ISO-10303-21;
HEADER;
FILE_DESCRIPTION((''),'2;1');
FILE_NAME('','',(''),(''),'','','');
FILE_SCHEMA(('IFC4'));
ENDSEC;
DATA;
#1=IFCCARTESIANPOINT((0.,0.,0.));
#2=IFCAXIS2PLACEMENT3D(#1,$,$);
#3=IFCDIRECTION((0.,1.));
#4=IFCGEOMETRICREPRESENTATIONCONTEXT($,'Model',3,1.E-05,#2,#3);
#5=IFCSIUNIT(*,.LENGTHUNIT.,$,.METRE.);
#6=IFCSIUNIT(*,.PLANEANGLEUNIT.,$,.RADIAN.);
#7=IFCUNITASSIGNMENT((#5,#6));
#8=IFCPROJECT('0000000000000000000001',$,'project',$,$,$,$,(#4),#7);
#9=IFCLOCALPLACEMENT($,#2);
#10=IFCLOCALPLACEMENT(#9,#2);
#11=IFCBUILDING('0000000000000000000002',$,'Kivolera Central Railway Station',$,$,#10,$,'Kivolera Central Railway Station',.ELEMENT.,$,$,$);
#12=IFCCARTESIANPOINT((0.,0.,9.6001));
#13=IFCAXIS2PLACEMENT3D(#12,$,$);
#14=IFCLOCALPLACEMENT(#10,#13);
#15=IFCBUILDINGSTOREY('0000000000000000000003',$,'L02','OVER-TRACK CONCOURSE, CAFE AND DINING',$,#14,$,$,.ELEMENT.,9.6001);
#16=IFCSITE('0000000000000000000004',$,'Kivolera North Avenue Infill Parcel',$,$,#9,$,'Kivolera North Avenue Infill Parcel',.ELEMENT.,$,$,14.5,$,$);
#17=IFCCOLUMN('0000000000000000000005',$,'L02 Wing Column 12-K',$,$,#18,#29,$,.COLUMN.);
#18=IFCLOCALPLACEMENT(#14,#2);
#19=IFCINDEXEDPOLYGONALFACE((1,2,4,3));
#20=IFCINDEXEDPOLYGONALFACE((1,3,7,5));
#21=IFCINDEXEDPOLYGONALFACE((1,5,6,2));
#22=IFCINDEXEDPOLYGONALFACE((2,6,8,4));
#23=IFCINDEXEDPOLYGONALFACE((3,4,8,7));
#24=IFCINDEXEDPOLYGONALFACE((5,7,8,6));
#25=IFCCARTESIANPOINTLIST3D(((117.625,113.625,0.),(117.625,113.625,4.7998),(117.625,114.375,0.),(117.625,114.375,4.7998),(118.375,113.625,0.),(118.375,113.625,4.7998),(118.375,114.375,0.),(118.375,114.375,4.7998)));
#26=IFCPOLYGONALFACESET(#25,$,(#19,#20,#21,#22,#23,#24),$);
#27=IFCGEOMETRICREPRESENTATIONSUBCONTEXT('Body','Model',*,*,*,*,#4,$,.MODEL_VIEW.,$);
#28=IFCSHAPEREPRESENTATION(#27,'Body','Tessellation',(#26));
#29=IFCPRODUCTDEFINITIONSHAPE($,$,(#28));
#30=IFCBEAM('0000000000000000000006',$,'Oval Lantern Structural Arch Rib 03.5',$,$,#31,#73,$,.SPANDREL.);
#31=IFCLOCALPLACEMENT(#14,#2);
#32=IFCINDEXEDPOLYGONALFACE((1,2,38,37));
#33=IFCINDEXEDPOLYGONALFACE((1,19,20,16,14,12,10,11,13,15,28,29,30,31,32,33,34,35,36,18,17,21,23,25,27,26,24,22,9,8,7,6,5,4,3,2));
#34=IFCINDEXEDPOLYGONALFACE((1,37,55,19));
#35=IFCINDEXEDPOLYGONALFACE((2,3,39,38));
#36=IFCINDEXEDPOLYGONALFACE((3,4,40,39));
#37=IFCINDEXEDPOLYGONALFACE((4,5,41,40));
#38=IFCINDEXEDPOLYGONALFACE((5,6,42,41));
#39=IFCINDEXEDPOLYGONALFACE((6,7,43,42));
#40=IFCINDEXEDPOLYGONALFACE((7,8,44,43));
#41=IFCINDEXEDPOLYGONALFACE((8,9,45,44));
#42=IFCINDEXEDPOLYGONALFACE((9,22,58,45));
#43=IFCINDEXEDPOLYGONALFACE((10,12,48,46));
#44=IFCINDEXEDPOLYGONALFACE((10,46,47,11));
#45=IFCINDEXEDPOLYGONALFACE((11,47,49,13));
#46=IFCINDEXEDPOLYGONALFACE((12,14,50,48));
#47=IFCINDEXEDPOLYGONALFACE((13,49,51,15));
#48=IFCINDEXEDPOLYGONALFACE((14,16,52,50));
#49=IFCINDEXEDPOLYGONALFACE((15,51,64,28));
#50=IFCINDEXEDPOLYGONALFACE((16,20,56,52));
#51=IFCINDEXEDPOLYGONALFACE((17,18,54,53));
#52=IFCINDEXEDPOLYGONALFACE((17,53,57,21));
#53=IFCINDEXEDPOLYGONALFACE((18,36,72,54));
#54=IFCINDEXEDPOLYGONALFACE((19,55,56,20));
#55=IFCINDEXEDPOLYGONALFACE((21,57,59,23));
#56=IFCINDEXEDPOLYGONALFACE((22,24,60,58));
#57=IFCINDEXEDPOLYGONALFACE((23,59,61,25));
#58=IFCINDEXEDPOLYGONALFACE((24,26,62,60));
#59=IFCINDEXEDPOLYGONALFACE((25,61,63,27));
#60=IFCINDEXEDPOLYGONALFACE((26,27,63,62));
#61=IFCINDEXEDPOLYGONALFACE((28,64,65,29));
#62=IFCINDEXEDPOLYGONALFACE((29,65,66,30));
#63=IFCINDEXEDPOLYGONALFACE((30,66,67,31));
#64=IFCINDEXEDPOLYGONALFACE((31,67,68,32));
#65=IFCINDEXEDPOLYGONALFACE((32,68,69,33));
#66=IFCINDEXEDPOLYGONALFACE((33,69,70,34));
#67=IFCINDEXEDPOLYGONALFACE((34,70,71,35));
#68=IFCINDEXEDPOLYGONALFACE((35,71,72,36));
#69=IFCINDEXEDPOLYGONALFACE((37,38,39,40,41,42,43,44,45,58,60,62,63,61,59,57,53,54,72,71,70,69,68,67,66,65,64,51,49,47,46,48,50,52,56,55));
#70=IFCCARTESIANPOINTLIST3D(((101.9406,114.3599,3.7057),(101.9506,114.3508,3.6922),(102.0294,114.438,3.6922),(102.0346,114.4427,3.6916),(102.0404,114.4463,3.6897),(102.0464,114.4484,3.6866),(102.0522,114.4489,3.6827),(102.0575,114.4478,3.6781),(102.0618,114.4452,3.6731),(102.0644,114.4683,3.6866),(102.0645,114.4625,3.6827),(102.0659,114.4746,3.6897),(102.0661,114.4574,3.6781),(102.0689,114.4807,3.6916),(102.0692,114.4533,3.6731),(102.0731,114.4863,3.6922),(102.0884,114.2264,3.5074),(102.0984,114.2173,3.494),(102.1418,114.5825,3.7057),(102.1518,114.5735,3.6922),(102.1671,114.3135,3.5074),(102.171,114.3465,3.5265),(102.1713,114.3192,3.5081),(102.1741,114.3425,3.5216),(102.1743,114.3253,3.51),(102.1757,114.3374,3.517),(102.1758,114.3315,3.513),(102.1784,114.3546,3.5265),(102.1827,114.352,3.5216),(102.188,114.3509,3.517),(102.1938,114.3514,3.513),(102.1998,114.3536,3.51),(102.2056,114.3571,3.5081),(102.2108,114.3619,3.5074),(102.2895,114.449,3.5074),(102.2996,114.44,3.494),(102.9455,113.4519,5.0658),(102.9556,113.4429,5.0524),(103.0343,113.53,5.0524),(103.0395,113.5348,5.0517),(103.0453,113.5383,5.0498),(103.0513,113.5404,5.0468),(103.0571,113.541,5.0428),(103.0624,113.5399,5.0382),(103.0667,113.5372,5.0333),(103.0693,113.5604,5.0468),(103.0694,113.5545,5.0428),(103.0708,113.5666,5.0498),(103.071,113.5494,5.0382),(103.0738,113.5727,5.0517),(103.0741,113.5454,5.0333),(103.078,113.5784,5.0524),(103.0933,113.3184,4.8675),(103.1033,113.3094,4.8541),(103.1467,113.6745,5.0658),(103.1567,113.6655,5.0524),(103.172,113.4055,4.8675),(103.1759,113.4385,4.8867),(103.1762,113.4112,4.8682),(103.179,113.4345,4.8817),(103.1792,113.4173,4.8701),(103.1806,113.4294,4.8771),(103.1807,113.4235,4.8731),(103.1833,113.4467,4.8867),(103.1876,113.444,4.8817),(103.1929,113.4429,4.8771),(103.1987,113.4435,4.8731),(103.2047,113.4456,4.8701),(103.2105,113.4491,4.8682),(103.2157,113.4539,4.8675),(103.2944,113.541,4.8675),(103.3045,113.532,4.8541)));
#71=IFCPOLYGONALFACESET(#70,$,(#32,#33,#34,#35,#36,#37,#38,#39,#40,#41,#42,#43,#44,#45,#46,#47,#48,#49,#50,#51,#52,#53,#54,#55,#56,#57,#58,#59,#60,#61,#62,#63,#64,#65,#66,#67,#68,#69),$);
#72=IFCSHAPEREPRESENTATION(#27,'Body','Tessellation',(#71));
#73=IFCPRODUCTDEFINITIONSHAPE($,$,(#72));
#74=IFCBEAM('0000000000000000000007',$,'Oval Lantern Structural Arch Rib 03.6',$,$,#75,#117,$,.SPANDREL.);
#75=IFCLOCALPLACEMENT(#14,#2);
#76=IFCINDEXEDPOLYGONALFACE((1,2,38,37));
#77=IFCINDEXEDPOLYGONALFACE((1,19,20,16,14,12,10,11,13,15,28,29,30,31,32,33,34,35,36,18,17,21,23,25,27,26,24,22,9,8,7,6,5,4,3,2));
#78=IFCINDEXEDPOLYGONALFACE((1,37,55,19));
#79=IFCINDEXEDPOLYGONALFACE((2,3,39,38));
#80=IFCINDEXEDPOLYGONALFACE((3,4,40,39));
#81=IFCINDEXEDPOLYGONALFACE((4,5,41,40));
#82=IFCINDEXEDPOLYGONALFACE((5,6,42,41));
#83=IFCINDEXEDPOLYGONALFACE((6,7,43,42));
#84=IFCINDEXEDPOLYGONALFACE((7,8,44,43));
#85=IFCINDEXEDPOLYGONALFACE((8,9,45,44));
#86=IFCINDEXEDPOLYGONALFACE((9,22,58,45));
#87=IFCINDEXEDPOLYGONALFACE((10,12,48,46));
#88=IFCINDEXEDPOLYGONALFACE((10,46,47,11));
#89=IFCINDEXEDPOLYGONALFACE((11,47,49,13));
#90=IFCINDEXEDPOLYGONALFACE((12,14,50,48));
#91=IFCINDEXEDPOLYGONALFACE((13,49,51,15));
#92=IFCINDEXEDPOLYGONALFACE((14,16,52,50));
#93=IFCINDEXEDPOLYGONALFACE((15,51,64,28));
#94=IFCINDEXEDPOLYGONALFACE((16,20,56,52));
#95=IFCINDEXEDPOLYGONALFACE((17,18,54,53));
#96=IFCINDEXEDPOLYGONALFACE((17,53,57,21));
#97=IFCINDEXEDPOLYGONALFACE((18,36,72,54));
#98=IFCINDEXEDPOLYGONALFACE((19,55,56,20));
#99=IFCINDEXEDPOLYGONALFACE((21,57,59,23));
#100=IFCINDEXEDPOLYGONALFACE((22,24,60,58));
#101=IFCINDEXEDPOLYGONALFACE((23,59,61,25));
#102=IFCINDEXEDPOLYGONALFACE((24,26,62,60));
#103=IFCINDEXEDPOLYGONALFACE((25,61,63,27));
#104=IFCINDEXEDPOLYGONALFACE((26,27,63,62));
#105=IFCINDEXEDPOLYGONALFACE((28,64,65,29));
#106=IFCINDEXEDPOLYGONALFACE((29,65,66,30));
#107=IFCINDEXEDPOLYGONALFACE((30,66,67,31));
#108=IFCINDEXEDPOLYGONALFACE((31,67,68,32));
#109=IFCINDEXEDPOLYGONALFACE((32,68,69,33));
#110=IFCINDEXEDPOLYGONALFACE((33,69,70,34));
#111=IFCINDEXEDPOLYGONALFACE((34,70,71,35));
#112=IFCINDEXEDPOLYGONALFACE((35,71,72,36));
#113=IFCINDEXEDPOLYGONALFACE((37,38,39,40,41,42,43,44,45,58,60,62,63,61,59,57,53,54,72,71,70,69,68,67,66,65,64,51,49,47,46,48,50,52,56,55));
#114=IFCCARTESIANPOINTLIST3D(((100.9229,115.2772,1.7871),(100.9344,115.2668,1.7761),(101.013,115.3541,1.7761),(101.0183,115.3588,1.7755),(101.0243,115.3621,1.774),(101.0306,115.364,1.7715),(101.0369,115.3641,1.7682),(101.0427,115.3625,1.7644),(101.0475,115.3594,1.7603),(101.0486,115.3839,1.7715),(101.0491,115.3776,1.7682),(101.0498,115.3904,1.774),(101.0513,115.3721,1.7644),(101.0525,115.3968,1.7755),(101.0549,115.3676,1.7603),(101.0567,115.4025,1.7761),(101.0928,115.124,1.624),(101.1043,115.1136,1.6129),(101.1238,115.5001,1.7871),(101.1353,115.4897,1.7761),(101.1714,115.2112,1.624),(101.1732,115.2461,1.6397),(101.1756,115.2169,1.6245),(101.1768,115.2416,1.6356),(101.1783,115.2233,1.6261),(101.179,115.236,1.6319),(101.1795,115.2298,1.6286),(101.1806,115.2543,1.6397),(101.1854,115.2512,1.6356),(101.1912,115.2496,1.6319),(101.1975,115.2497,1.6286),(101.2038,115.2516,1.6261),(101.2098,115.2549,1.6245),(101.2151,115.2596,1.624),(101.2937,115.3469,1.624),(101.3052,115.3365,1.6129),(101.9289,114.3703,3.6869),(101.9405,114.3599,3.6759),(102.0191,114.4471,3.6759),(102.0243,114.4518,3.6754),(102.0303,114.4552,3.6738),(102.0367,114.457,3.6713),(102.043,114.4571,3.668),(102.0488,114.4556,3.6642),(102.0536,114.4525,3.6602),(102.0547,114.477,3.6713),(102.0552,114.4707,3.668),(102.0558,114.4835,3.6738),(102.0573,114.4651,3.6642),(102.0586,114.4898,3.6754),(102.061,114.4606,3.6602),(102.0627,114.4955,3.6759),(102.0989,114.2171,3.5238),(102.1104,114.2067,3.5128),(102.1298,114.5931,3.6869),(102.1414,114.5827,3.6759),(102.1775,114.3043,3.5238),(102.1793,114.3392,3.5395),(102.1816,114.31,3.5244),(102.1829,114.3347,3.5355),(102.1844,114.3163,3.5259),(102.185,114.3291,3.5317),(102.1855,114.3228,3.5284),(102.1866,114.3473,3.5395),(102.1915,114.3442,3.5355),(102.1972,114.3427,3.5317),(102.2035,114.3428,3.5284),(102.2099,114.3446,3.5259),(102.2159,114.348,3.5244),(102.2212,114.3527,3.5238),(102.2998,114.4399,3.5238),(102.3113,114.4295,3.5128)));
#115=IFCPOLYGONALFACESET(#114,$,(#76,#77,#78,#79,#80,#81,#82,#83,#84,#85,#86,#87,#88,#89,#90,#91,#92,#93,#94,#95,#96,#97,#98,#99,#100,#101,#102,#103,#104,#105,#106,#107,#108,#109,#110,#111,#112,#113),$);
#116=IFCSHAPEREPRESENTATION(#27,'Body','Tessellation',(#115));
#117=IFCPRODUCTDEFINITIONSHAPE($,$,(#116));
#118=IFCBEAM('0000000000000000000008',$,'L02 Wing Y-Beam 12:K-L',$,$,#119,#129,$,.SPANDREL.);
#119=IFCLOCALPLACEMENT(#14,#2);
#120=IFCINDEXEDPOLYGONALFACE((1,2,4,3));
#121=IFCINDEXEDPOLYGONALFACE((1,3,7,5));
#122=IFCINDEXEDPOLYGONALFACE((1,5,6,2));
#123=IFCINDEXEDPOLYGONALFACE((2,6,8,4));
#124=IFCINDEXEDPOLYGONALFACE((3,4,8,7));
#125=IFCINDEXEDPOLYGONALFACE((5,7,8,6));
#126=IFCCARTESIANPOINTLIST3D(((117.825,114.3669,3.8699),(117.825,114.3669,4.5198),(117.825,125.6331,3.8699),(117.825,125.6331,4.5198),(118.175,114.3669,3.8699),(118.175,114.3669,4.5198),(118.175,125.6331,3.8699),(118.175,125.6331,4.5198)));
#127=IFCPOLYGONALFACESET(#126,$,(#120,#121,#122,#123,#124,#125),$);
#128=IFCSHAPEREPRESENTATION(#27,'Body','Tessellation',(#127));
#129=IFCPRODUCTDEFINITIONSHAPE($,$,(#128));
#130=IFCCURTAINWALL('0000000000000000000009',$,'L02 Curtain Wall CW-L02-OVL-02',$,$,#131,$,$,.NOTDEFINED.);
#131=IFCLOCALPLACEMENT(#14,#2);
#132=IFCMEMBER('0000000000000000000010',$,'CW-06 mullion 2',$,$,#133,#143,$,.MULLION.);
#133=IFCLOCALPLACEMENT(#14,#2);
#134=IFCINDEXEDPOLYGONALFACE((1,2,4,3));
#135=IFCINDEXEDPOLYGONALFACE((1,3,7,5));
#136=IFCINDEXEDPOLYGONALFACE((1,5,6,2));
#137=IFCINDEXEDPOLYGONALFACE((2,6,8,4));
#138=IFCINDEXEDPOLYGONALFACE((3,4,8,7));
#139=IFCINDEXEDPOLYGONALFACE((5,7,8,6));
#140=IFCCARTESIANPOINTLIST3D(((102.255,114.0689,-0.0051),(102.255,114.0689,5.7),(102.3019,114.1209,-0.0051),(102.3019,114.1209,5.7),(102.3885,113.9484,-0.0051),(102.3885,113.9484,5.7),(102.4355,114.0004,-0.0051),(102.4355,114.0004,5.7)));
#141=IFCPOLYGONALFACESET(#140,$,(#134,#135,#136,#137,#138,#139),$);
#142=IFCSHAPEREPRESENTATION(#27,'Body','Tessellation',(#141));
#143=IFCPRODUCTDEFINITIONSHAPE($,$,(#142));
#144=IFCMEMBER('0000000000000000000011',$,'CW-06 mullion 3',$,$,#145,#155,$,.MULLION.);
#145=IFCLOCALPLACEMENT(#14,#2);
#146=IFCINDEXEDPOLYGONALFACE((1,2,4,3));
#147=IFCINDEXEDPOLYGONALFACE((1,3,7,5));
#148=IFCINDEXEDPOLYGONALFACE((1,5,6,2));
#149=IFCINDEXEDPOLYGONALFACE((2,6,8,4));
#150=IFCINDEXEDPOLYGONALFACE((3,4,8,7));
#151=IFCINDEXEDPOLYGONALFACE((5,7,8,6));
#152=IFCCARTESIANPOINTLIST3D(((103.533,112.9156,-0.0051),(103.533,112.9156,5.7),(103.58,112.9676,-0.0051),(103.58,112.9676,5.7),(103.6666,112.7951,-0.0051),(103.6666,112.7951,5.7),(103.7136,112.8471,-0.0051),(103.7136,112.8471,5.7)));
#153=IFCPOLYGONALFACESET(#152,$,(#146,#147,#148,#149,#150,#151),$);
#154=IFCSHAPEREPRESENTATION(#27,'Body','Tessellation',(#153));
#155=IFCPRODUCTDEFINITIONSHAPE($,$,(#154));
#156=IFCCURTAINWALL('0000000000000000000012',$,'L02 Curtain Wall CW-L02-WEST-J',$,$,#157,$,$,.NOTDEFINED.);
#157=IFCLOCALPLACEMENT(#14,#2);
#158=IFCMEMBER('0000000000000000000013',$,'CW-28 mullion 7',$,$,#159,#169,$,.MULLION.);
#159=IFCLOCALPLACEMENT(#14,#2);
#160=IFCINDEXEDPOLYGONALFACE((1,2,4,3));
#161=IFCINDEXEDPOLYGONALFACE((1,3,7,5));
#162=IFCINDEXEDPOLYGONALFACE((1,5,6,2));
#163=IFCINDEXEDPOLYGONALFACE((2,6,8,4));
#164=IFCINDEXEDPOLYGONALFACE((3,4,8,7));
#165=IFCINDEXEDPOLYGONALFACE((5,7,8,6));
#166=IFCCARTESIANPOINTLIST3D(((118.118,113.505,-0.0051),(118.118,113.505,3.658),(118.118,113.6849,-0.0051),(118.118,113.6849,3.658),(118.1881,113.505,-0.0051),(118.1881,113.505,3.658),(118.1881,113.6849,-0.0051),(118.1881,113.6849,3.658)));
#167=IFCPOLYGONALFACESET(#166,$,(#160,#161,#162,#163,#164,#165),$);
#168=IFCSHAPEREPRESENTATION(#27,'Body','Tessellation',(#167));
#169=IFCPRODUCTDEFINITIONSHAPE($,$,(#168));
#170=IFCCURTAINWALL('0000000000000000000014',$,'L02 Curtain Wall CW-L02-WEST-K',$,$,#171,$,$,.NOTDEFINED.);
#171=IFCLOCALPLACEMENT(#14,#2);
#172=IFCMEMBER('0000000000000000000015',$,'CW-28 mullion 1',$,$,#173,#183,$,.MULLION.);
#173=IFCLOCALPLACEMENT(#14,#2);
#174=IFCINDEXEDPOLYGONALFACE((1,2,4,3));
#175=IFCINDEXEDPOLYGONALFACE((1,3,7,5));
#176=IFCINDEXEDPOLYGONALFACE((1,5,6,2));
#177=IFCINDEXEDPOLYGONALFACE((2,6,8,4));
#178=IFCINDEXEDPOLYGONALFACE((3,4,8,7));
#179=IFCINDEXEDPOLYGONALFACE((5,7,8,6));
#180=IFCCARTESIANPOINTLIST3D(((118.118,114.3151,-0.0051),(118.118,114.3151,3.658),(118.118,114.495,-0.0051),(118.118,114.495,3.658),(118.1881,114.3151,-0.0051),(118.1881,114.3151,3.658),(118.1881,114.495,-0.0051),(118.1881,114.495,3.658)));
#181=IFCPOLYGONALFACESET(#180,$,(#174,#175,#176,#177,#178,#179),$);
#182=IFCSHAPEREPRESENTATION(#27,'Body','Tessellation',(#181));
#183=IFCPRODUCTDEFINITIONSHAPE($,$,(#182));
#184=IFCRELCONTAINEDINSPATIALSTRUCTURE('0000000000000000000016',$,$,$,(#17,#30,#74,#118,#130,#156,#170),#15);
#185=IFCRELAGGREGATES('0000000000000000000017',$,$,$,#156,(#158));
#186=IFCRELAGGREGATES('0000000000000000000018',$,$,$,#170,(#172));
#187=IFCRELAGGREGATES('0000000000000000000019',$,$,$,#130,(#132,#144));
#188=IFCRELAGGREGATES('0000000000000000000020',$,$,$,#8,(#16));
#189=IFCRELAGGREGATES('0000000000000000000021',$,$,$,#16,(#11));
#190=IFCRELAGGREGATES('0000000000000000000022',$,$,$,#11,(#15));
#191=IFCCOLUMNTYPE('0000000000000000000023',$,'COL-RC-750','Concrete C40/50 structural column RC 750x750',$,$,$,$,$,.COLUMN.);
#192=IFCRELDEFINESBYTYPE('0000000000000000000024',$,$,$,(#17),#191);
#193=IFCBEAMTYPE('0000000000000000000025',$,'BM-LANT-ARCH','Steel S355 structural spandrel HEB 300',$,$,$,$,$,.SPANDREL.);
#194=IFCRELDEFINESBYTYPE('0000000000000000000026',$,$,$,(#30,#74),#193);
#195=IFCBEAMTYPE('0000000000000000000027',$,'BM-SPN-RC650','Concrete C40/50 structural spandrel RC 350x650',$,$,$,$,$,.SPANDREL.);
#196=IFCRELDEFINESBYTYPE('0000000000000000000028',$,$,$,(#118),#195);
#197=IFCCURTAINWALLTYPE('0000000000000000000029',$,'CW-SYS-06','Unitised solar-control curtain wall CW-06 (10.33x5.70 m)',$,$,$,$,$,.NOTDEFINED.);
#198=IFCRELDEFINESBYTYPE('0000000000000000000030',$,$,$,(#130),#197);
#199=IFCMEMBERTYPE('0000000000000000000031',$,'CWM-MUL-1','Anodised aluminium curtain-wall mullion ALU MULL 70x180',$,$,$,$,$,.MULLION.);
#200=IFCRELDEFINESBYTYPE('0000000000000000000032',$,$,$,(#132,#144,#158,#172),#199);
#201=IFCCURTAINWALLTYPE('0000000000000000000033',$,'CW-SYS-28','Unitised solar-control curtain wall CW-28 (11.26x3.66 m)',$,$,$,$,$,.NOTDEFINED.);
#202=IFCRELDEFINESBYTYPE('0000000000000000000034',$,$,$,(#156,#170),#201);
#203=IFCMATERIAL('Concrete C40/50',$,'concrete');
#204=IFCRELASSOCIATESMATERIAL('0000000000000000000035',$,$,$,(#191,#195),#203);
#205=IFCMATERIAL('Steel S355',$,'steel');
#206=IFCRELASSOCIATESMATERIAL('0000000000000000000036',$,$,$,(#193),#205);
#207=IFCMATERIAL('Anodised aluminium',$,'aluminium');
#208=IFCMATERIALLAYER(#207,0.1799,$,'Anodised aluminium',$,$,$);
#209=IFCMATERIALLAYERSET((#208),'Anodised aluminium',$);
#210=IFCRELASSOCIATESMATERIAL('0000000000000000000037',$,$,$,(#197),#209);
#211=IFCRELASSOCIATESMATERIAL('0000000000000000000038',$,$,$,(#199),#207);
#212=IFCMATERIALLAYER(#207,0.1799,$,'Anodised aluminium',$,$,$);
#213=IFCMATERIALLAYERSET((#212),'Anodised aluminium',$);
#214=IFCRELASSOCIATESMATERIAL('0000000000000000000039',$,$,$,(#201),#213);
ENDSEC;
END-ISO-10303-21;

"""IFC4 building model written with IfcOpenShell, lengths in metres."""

from ifc_helpers import new_model, si_unit, direction, frame, origin, origin_2d, place, context, subcontext, project, spatial, rectangle, i_section, extrude, material, layer, layer_set, material_profile, profile_set, type_object, element, aggregate, save


model = new_model("IFC4")

# Units and contexts
model_context = context("Model", 3, precision=1e-05, world=origin(), true_north=direction((0.0, 1.0)))
body_context = subcontext(model_context, "Body", "Model", "MODEL_VIEW")
ifc_project = project(units=[si_unit("LENGTHUNIT", "METRE"), si_unit("PLANEANGLEUNIT", "RADIAN")], contexts=[model_context])

# Site, building, storey
site_placement = place(None, origin())
site = spatial("IfcSite", under=ifc_project, at=site_placement, Name="Kivolera North Avenue Infill Parcel", LongName="Kivolera North Avenue Infill Parcel", CompositionType="ELEMENT", RefElevation=14.5)
building_placement = place(site_placement, origin())
building = spatial("IfcBuilding", under=site, at=building_placement, Name="Kivolera Central Railway Station", LongName="Kivolera Central Railway Station", CompositionType="ELEMENT")
storey_placement = place(building_placement, frame((0.0, 0.0, 9.6001)))
storey = spatial("IfcBuildingStorey", under=building, at=storey_placement, Name="L02", Description="OVER-TRACK CONCOURSE, CAFE AND DINING", CompositionType="ELEMENT", Elevation=9.6001)

# Column
ifc_material_1 = material(Name="Concrete C40/50", Category="concrete")
ifc_material_profile_1 = material_profile(ifc_material_1, rectangle(XDim=0.75, YDim=0.75, at=origin_2d()), Name="RC 750x750")
ifc_profile_set_1 = profile_set([ifc_material_profile_1], Name="Concrete C40/50")
column_type = type_object("IfcColumnType", Name="COL-RC-750", Description="Concrete C40/50 structural column RC 750x750", PredefinedType="COLUMN", material=ifc_profile_set_1)
column_placement = place(storey_placement, frame((118.0, 114.0, 0.0), z_axis=(0.0, 0.0, 1.0), x_axis=(1.0, 0.0, 0.0)))
element("IfcColumn", 1, at=column_placement, inside=storey, type_object=column_type, Name="L02 Wing Column 12-K", PredefinedType="COLUMN", context=body_context, shape_type="SweptSolid", body=[
    extrude(rectangle(XDim=0.75, YDim=0.75, at=origin_2d()), origin(), (0.0, 0.0, 1.0), 4.7998),
])

# Beams
ifc_material_2 = material(Name="Steel S355", Category="steel")
ifc_material_profile_2 = material_profile(ifc_material_2, i_section(OverallWidth=0.3, OverallDepth=0.3, WebThickness=0.011, FlangeThickness=0.019, FilletRadius=0.0271, at=origin_2d()), Name="HEB 300")
ifc_profile_set_2 = profile_set([ifc_material_profile_2], Name="Steel S355")
beam_type_1 = type_object("IfcBeamType", Name="BM-LANT-ARCH", Description="Steel S355 structural spandrel HEB 300", PredefinedType="SPANDREL", material=ifc_profile_set_2)
beam_1_placement = place(storey_placement, frame((103.125, 113.4919, 4.96), z_axis=(-0.523542, 0.473045, -0.708613), x_axis=(-0.670418, -0.741984, 0.0)))
element("IfcBeam", 2, at=beam_1_placement, inside=storey, type_object=beam_type_1, Name="Oval Lantern Structural Arch Rib 03.5", PredefinedType="SPANDREL", context=body_context, shape_type="SweptSolid", body=[
    extrude(i_section(OverallWidth=0.3, OverallDepth=0.3, WebThickness=0.011, FlangeThickness=0.019, FilletRadius=0.0271, at=origin_2d()), origin(), (0.0, 0.0, 1.0), 1.9194),
])
beam_2_placement = place(storey_placement, frame((102.1201, 114.3999, 3.5999), z_axis=(-0.431185, 0.388705, -0.81424), x_axis=(-0.669572, -0.742747, 0.0)))
element("IfcBeam", 3, at=beam_2_placement, inside=storey, type_object=beam_type_1, Name="Oval Lantern Structural Arch Rib 03.6", PredefinedType="SPANDREL", context=body_context, shape_type="SweptSolid", body=[
    extrude(i_section(OverallWidth=0.3, OverallDepth=0.3, WebThickness=0.011, FlangeThickness=0.019, FilletRadius=0.0271, at=origin_2d()), origin(), (0.0, 0.0, 1.0), 2.3333),
])
ifc_material_profile_3 = material_profile(ifc_material_1, rectangle(XDim=0.3501, YDim=0.6499, at=origin_2d()), Name="RC 350x650")
ifc_profile_set_3 = profile_set([ifc_material_profile_3], Name="Concrete C40/50")
beam_type_2 = type_object("IfcBeamType", Name="BM-SPN-RC650", Description="Concrete C40/50 structural spandrel RC 350x650", PredefinedType="SPANDREL", material=ifc_profile_set_3)
beam_3_placement = place(storey_placement, frame((118.0, 114.3669, 4.1948), z_axis=(0.0, 1.0, 0.0), x_axis=(-1.0, 0.0, 0.0)))
element("IfcBeam", 4, at=beam_3_placement, inside=storey, type_object=beam_type_2, Name="L02 Wing Y-Beam 12:K-L", PredefinedType="SPANDREL", context=body_context, shape_type="SweptSolid", body=[
    extrude(rectangle(XDim=0.3501, YDim=0.6499, at=origin_2d()), origin(), (0.0, 0.0, 1.0), 11.2661),
])

# Curtain wall, members
ifc_material_3 = material(Name="Anodised aluminium", Category="aluminium")
ifc_layer_1 = layer(ifc_material_3, 0.1799, Name="Anodised aluminium")
ifc_layer_set_1 = layer_set([ifc_layer_1], Name="Anodised aluminium")
curtain_wall_type_1 = type_object("IfcCurtainWallType", Name="CW-SYS-06", Description="Unitised solar-control curtain wall CW-06 (10.33x5.70 m)", PredefinedType="NOTDEFINED", material=ifc_layer_set_1)
curtain_wall_1_placement = place(storey_placement, origin())
curtain_wall_1 = element("IfcCurtainWall", 5, at=curtain_wall_1_placement, inside=storey, type_object=curtain_wall_type_1, Name="L02 Curtain Wall CW-L02-OVL-02", PredefinedType="NOTDEFINED")
ifc_material_profile_4 = material_profile(ifc_material_3, rectangle(XDim=0.0701, YDim=0.1799, at=origin_2d()), Name="ALU MULL 70x180")
ifc_profile_set_4 = profile_set([ifc_material_profile_4], Name="Anodised aluminium")
member_type_1 = type_object("IfcMemberType", Name="CWM-MUL-1", Description="Anodised aluminium curtain-wall mullion ALU MULL 70x180", PredefinedType="MULLION", material=ifc_profile_set_4)
member_1_placement = place(storey_placement, frame((102.3452, 114.0347, -0.0051), z_axis=(0.0, 0.0, 1.0), x_axis=(0.669922, 0.742432, 0.0)))
member_1 = element("IfcMember", 6, at=member_1_placement, type_object=member_type_1, Name="CW-06 mullion 2", PredefinedType="MULLION", context=body_context, shape_type="SweptSolid", body=[
    extrude(rectangle(XDim=0.0701, YDim=0.1799, at=origin_2d()), origin(), (0.0, 0.0, 1.0), 5.7051),
])
member_2_placement = place(storey_placement, frame((103.6233, 112.8813, -0.0051), z_axis=(0.0, 0.0, 1.0), x_axis=(0.669922, 0.742432, 0.0)))
member_2 = element("IfcMember", 7, at=member_2_placement, type_object=member_type_1, Name="CW-06 mullion 3", PredefinedType="MULLION", context=body_context, shape_type="SweptSolid", body=[
    extrude(rectangle(XDim=0.0701, YDim=0.1799, at=origin_2d()), origin(), (0.0, 0.0, 1.0), 5.7051),
])

# Curtain walls, members
ifc_layer_2 = layer(ifc_material_3, 0.1799, Name="Anodised aluminium")
ifc_layer_set_2 = layer_set([ifc_layer_2], Name="Anodised aluminium")
curtain_wall_type_2 = type_object("IfcCurtainWallType", Name="CW-SYS-28", Description="Unitised solar-control curtain wall CW-28 (11.26x3.66 m)", PredefinedType="NOTDEFINED", material=ifc_layer_set_2)
curtain_wall_2_placement = place(storey_placement, origin())
curtain_wall_2 = element("IfcCurtainWall", 8, at=curtain_wall_2_placement, inside=storey, type_object=curtain_wall_type_2, Name="L02 Curtain Wall CW-L02-WEST-J", PredefinedType="NOTDEFINED")
member_3_placement = place(storey_placement, frame((118.1531, 113.595, -0.0051), z_axis=(0.0, 0.0, 1.0), x_axis=(-1.0, 0.0, 0.0)))
member_3 = element("IfcMember", 9, at=member_3_placement, type_object=member_type_1, Name="CW-28 mullion 7", PredefinedType="MULLION", context=body_context, shape_type="SweptSolid", body=[
    extrude(rectangle(XDim=0.0701, YDim=0.1799, at=origin_2d()), origin(), (0.0, 0.0, 1.0), 3.6631),
])
aggregate(curtain_wall_2, [member_3])
curtain_wall_3_placement = place(storey_placement, origin())
curtain_wall_3 = element("IfcCurtainWall", 10, at=curtain_wall_3_placement, inside=storey, type_object=curtain_wall_type_2, Name="L02 Curtain Wall CW-L02-WEST-K", PredefinedType="NOTDEFINED")
member_4_placement = place(storey_placement, frame((118.1531, 114.405, -0.0051), z_axis=(0.0, 0.0, 1.0), x_axis=(-1.0, 0.0, 0.0)))
member_4 = element("IfcMember", 11, at=member_4_placement, type_object=member_type_1, Name="CW-28 mullion 1", PredefinedType="MULLION", context=body_context, shape_type="SweptSolid", body=[
    extrude(rectangle(XDim=0.0701, YDim=0.1799, at=origin_2d()), origin(), (0.0, 0.0, 1.0), 3.6631),
])

aggregate(curtain_wall_3, [member_4])

aggregate(curtain_wall_1, [member_1, member_2])

save(model, "model.ifc")
